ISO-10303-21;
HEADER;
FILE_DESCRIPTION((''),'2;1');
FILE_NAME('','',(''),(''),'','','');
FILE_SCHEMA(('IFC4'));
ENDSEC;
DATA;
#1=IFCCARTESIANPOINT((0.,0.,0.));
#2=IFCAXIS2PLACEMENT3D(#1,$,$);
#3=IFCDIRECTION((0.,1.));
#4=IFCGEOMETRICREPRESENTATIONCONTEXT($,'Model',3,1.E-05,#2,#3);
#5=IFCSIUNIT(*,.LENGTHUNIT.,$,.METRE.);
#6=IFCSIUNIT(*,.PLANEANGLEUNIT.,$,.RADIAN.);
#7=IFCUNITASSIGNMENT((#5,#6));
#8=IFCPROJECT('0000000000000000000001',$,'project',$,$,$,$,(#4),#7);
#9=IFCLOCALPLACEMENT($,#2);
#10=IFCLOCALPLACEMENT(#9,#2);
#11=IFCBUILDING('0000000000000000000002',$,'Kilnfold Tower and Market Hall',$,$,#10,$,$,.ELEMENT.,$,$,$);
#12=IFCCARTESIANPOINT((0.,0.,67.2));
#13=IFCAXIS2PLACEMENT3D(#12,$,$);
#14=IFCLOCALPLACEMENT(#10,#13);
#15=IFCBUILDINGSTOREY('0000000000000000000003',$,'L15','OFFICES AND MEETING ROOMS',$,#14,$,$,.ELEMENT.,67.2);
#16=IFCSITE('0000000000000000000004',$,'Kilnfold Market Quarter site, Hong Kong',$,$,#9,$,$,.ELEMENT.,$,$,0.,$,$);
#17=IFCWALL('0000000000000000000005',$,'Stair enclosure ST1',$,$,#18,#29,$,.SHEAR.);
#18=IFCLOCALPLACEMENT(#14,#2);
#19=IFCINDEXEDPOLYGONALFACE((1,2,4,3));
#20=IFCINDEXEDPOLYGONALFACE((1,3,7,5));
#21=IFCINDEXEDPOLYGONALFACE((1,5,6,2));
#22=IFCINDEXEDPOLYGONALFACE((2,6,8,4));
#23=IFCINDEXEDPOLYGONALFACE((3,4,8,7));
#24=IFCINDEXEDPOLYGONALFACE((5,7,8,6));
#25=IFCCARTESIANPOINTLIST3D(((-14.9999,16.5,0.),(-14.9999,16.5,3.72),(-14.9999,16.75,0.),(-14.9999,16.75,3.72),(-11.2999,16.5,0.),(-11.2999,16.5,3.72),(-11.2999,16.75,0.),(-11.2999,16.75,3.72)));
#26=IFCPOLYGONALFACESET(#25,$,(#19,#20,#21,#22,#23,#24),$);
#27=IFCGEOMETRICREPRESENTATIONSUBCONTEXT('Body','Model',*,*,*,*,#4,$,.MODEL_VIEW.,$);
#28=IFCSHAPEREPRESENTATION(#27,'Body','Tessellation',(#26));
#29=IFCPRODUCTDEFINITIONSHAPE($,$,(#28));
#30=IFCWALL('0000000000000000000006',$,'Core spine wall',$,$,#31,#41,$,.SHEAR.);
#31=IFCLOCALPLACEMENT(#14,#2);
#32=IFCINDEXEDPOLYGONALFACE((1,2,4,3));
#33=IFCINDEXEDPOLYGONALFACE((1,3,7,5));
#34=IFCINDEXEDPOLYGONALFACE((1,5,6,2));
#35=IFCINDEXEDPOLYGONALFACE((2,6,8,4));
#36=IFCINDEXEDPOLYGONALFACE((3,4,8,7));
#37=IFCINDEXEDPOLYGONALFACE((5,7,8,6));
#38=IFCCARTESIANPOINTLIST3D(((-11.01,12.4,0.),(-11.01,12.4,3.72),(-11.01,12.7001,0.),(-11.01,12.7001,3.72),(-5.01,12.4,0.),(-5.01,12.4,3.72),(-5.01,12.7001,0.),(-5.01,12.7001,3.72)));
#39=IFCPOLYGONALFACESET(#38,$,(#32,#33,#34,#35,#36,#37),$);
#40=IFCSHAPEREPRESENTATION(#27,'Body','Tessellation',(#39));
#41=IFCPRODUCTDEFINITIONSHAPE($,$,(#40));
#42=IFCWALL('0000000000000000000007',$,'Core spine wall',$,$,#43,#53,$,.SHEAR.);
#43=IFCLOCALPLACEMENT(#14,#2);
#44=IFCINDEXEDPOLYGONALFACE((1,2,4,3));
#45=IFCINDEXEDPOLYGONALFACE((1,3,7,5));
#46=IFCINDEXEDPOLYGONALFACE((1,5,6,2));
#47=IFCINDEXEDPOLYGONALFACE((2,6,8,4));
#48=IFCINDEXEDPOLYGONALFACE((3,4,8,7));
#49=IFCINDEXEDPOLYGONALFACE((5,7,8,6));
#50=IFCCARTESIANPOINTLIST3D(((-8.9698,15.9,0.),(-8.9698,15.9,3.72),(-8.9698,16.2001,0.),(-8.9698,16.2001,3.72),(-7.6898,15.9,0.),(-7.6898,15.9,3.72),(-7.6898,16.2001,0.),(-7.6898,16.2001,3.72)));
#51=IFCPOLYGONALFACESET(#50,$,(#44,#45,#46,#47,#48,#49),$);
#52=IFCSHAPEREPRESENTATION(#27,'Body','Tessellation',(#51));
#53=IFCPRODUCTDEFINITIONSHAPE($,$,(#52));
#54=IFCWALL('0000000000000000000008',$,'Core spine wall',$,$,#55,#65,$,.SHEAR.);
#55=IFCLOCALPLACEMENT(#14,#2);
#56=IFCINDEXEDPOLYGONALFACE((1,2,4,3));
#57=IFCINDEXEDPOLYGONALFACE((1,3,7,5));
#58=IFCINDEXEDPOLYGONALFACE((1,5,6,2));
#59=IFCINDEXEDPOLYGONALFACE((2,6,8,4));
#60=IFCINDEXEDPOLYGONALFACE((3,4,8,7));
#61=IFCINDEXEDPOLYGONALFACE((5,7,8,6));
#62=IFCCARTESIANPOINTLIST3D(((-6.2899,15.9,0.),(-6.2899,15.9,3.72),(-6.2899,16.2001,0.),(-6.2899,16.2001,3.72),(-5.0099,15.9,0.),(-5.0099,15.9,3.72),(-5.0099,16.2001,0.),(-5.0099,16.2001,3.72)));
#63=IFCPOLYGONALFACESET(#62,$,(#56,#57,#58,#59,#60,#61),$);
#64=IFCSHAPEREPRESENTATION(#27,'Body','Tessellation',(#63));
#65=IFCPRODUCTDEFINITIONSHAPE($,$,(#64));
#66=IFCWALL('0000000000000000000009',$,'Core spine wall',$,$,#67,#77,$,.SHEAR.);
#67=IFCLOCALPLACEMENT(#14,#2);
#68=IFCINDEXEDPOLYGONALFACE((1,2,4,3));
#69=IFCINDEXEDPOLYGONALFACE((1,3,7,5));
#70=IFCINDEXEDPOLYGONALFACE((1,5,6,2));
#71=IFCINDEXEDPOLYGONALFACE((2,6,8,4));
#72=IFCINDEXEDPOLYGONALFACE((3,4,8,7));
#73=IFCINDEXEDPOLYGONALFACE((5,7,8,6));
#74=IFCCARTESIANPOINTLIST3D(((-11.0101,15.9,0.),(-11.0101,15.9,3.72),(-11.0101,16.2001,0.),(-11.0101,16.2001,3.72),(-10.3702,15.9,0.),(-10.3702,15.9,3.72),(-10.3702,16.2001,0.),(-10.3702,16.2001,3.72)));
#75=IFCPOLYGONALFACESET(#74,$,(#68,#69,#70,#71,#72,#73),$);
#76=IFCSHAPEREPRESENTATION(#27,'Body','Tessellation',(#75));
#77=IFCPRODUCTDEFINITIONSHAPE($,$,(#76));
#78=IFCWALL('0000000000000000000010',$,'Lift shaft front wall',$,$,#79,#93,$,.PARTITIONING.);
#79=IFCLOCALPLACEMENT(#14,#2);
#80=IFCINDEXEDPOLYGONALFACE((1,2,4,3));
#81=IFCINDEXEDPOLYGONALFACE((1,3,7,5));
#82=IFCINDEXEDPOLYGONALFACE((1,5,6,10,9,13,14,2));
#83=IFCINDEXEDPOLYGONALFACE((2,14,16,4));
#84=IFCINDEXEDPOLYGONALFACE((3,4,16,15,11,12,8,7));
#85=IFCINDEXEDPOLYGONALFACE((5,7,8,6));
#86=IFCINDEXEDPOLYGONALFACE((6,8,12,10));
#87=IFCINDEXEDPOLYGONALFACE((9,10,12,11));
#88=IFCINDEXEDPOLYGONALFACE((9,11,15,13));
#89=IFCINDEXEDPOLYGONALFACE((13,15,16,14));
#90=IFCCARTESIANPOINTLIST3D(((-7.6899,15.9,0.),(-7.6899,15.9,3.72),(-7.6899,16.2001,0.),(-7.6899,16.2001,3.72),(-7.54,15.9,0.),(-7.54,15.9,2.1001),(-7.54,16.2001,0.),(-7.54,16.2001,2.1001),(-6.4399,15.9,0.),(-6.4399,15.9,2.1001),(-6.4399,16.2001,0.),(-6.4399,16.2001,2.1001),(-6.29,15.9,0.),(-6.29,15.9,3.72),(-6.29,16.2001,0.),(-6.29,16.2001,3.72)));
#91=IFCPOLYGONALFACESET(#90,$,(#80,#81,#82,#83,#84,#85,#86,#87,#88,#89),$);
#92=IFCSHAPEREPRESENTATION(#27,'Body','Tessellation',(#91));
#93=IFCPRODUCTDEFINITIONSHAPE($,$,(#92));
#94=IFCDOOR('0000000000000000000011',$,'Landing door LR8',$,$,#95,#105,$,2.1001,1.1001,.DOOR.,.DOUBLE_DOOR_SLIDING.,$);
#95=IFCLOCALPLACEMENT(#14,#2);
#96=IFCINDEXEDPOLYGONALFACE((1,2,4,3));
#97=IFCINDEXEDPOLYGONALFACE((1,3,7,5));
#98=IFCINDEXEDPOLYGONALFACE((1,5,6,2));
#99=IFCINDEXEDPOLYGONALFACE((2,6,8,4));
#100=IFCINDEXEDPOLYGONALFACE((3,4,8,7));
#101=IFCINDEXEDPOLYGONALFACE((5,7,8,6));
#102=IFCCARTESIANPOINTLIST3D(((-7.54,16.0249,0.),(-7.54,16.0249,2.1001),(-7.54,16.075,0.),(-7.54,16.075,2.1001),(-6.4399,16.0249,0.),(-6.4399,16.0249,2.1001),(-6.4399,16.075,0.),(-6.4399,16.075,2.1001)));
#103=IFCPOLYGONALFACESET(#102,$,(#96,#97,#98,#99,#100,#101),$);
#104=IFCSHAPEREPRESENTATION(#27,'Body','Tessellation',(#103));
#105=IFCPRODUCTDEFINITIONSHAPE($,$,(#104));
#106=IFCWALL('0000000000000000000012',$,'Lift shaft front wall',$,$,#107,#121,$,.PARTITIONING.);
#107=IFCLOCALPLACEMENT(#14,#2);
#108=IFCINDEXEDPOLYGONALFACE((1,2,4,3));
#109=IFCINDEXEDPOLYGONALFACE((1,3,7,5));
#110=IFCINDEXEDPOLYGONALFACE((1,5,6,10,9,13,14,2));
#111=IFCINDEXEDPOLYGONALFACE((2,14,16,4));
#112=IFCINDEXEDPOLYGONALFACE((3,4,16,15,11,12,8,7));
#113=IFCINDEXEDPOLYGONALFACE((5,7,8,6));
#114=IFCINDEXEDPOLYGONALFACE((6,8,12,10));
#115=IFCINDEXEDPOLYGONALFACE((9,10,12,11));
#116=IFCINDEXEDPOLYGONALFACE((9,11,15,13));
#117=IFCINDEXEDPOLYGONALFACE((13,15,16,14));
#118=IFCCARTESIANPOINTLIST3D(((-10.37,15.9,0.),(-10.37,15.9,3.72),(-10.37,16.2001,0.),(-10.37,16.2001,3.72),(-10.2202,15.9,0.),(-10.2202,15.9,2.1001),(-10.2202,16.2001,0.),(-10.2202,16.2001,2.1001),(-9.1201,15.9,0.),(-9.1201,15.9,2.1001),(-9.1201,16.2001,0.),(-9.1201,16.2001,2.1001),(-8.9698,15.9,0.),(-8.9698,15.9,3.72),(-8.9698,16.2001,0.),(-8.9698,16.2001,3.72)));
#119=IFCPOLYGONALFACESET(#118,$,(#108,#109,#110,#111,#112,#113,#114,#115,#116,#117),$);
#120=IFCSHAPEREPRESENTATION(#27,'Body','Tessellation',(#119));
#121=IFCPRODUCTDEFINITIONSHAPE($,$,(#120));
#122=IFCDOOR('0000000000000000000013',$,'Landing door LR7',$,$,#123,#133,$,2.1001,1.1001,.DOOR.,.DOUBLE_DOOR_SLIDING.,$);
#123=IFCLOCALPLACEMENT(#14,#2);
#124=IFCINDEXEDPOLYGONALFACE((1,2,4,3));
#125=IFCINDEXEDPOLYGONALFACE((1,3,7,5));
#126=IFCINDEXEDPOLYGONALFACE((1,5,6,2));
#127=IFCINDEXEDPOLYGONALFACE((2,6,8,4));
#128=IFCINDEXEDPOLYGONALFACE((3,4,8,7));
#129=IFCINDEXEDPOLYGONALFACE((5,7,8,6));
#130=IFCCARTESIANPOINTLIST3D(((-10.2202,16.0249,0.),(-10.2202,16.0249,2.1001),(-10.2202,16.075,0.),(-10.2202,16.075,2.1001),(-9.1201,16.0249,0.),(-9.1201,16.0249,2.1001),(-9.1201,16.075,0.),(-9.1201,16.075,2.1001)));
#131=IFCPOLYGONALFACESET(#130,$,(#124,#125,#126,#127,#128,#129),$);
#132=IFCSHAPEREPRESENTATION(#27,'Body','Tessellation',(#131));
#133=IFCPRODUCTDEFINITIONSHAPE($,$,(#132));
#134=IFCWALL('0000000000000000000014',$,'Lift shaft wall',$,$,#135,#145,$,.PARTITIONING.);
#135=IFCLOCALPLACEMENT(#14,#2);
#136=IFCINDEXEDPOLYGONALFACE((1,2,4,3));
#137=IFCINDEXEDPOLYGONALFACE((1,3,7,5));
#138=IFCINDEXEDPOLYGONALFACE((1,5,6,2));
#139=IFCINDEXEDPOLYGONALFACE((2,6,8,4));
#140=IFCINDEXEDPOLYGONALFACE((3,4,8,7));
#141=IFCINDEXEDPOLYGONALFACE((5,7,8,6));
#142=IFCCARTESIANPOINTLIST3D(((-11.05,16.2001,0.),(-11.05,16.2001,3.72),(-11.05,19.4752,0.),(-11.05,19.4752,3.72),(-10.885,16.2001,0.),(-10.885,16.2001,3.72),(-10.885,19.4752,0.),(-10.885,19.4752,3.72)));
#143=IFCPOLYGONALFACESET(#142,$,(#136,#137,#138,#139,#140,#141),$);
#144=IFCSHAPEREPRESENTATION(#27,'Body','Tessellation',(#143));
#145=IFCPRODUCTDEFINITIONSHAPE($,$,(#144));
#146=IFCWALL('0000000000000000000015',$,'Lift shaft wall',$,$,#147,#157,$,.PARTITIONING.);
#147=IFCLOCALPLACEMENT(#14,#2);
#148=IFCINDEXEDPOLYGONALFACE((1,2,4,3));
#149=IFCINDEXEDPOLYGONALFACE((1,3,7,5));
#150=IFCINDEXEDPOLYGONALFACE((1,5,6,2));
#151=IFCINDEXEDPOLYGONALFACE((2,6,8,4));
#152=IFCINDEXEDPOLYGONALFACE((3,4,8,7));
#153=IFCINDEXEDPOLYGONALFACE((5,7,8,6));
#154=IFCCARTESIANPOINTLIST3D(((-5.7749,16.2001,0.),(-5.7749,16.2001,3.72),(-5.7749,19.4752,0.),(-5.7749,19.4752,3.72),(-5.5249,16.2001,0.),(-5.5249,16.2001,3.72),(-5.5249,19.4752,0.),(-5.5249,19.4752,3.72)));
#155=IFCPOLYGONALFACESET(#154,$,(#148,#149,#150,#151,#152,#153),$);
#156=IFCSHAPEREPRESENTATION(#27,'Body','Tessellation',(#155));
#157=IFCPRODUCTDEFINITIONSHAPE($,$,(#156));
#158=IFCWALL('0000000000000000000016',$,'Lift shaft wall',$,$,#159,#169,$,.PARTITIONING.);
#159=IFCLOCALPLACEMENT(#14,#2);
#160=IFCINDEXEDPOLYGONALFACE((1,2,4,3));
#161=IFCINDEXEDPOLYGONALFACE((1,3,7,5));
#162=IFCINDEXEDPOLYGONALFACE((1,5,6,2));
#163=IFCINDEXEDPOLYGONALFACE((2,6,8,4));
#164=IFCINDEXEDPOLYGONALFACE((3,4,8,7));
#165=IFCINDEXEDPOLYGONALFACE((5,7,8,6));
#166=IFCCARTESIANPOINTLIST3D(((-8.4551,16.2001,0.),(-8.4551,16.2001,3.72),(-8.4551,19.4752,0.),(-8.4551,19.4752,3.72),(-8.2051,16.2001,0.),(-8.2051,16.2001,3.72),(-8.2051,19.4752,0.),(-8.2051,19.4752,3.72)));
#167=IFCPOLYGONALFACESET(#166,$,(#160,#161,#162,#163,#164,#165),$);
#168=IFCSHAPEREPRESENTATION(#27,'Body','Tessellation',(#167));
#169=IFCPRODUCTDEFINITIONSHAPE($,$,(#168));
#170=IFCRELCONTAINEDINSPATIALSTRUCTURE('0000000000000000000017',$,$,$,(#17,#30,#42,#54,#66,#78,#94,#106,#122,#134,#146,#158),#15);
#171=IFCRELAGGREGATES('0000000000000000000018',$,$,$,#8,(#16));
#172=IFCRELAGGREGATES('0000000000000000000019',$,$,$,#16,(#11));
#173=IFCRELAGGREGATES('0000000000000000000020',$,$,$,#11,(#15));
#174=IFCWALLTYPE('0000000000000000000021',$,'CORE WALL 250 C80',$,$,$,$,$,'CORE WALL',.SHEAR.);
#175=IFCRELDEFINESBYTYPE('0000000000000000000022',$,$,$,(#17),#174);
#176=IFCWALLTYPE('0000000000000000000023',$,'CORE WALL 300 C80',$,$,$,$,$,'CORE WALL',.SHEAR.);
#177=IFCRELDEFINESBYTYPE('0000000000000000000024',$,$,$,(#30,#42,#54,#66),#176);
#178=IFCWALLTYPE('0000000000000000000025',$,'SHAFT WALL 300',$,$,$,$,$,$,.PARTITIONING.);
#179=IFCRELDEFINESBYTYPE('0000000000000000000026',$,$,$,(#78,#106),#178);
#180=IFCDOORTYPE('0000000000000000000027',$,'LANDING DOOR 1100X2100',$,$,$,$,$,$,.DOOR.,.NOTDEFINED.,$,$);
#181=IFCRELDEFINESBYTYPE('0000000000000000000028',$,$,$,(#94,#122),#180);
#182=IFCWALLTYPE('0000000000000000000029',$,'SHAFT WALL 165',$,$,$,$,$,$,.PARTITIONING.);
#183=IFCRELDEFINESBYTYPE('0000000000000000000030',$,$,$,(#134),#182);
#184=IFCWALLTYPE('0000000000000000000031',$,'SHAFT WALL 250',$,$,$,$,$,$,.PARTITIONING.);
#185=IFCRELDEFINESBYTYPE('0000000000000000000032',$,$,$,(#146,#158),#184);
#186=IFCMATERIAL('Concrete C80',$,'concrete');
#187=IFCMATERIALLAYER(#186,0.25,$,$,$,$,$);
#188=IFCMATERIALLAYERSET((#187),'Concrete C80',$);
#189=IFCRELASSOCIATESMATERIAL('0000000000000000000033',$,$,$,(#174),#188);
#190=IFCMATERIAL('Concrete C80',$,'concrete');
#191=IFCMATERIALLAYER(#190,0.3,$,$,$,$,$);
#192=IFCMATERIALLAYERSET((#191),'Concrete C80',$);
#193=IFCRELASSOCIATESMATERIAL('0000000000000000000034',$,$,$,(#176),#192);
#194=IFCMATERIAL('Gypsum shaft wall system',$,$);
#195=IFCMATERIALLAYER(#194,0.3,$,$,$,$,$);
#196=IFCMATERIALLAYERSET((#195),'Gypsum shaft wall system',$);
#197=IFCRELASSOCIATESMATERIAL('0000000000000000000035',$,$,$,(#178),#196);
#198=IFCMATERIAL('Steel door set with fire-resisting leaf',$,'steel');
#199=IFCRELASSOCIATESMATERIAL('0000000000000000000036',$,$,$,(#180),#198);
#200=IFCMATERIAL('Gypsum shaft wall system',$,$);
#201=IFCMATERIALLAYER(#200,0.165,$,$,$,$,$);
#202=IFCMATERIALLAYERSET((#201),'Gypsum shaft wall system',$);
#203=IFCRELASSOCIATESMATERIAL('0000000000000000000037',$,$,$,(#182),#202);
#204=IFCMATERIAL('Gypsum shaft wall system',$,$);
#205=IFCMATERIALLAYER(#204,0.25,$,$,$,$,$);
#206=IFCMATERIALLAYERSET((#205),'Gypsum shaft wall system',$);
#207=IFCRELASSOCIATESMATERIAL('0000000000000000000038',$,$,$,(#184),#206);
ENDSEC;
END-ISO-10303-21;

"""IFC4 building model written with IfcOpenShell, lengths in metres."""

from ifc_helpers import new_model, si_unit, direction, frame, frame_2d, origin, place, context, subcontext, project, spatial, rectangle, extrude, source, transform, mapped, material, layer, layer_set, type_object, element, fill, save


model = new_model("IFC4")

# Units and contexts
model_context = context("Model", 3, precision=1e-05, world=origin(), true_north=direction((0.0, 1.0)))
body_context = subcontext(model_context, "Body", "Model", "MODEL_VIEW")
ifc_project = project(units=[si_unit("LENGTHUNIT", "METRE"), si_unit("PLANEANGLEUNIT", "RADIAN")], contexts=[model_context])

# Site, building, storey
site_placement = place(None, origin())
site = spatial("IfcSite", under=ifc_project, at=site_placement, Name="Kilnfold Market Quarter site, Hong Kong", CompositionType="ELEMENT", RefElevation=0.0)
building_placement = place(site_placement, origin())
building = spatial("IfcBuilding", under=site, at=building_placement, Name="Kilnfold Tower and Market Hall", CompositionType="ELEMENT")
storey_placement = place(building_placement, frame((0.0, 0.0, 67.2)))
storey = spatial("IfcBuildingStorey", under=building, at=storey_placement, Name="L15", Description="OFFICES AND MEETING ROOMS", CompositionType="ELEMENT", Elevation=67.2)

# Walls
ifc_material_1 = material(Name="Concrete C80", Category="concrete")
ifc_layer_1 = layer(ifc_material_1, 0.25)
ifc_layer_set_1 = layer_set([ifc_layer_1], Name="Concrete C80")
wall_type_1 = type_object("IfcWallType", Name="CORE WALL 250 C80", ElementType="CORE WALL", PredefinedType="SHEAR", material=ifc_layer_set_1)
shared_shape_1 = source(origin(), body_context, "Body", "SweptSolid", [
    extrude(rectangle(XDim=3.7, YDim=0.25, at=frame_2d((1.8501, 0.0))), origin(), (0.0, 0.0, 1.0), 3.72),
])
wall_1_placement = place(storey_placement, frame((-15.0, 16.625, 0.0), z_axis=(0.0, 0.0, 1.0), x_axis=(1.0, 0.0, 0.0)))
element("IfcWall", 1, at=wall_1_placement, inside=storey, type_object=wall_type_1, Name="Stair enclosure ST1", PredefinedType="SHEAR", context=body_context, shape_type="MappedRepresentation", body=[
    mapped(shared_shape_1, transform((0.0, 0.0, 0.0))),
])
ifc_material_2 = material(Name="Concrete C80", Category="concrete")
ifc_layer_2 = layer(ifc_material_2, 0.3)
ifc_layer_set_2 = layer_set([ifc_layer_2], Name="Concrete C80")
wall_type_2 = type_object("IfcWallType", Name="CORE WALL 300 C80", ElementType="CORE WALL", PredefinedType="SHEAR", material=ifc_layer_set_2)
shared_shape_2 = source(origin(), body_context, "Body", "SweptSolid", [
    extrude(rectangle(XDim=6.0, YDim=0.3, at=frame_2d((3.0, 0.0))), origin(), (0.0, 0.0, 1.0), 3.72),
])
wall_2_placement = place(storey_placement, frame((-11.01, 12.55, 0.0), z_axis=(0.0, 0.0, 1.0), x_axis=(1.0, 0.0, 0.0)))
element("IfcWall", 2, at=wall_2_placement, inside=storey, type_object=wall_type_2, Name="Core spine wall", PredefinedType="SHEAR", context=body_context, shape_type="MappedRepresentation", body=[
    mapped(shared_shape_2, transform((0.0, 0.0, 0.0))),
])
shared_shape_3 = source(origin(), body_context, "Body", "SweptSolid", [
    extrude(rectangle(XDim=1.28, YDim=0.3, at=frame_2d((0.6401, 0.0))), origin(), (0.0, 0.0, 1.0), 3.72),
])
for number, where, z_axis, x_axis, name in (
    (3, (-8.97, 16.05, 0.0), (0.0, 0.0, 1.0), (1.0, 0.0, 0.0), "Core spine wall"),
    (4, (-6.29, 16.05, 0.0), (0.0, 0.0, 1.0), (1.0, 0.0, 0.0), "Core spine wall"),
):
    element("IfcWall", number, at=place(storey_placement, frame(where, z_axis=z_axis, x_axis=x_axis)), inside=storey, type_object=wall_type_2, Name=name, PredefinedType="SHEAR", context=body_context, shape_type="MappedRepresentation", body=[
        mapped(shared_shape_3, transform((0.0, 0.0, 0.0))),
    ])
shared_shape_4 = source(origin(), body_context, "Body", "SweptSolid", [
    extrude(rectangle(XDim=0.6399, YDim=0.3, at=frame_2d((0.3198, 0.0))), origin(), (0.0, 0.0, 1.0), 3.72),
])
wall_3_placement = place(storey_placement, frame((-11.01, 16.05, 0.0), z_axis=(0.0, 0.0, 1.0), x_axis=(1.0, 0.0, 0.0)))
element("IfcWall", 5, at=wall_3_placement, inside=storey, type_object=wall_type_2, Name="Core spine wall", PredefinedType="SHEAR", context=body_context, shape_type="MappedRepresentation", body=[
    mapped(shared_shape_4, transform((0.0, 0.0, 0.0))),
])

# Walls, openings, doors
ifc_material_3 = material(Name="Gypsum shaft wall system")
ifc_layer_3 = layer(ifc_material_3, 0.3)
ifc_layer_set_3 = layer_set([ifc_layer_3], Name="Gypsum shaft wall system")
wall_type_3 = type_object("IfcWallType", Name="SHAFT WALL 300", PredefinedType="PARTITIONING", material=ifc_layer_set_3)
shared_shape_5 = source(origin(), body_context, "Body", "SweptSolid", [
    extrude(rectangle(XDim=1.3999, YDim=0.3, at=frame_2d((0.7, 0.0))), origin(), (0.0, 0.0, 1.0), 3.72),
])
wall_4_placement = place(storey_placement, frame((-7.6899, 16.05, 0.0), z_axis=(0.0, 0.0, 1.0), x_axis=(1.0, 0.0, 0.0)))
wall_4 = element("IfcWall", 6, at=wall_4_placement, inside=storey, type_object=wall_type_3, Name="Lift shaft front wall", PredefinedType="PARTITIONING", context=body_context, shape_type="MappedRepresentation", body=[
    mapped(shared_shape_5, transform((0.0, 0.0, 0.0))),
])
opening_1_placement = place(wall_4_placement, frame((0.1499, 0.0, 0.0)))
opening_1 = element("IfcOpeningElement", 7, at=opening_1_placement, cuts=wall_4, PredefinedType="OPENING", context=body_context, shape_type="SweptSolid", body=[
    extrude(rectangle(XDim=1.1001, YDim=2.1001, at=frame_2d((0.55, 1.05))), frame((0.0, 0.1602, 0.0), z_axis=(0.0, -1.0, 0.0), x_axis=(1.0, 0.0, 0.0)), (0.0, 0.0, 1.0), 0.3201),
])
ifc_material_4 = material(Name="Steel door set with fire-resisting leaf", Category="steel")
door_type = type_object("IfcDoorType", Name="LANDING DOOR 1100X2100", OperationType="NOTDEFINED", PredefinedType="DOOR", material=ifc_material_4)
door_1_placement = place(opening_1_placement, origin())
door_1 = element("IfcDoor", 8, at=door_1_placement, inside=storey, type_object=door_type, Name="Landing door LR8", OperationType="DOUBLE_DOOR_SLIDING", OverallHeight=2.1001, OverallWidth=1.1001, PredefinedType="DOOR", context=body_context, shape_type="SweptSolid", body=[
    extrude(rectangle(XDim=1.1001, YDim=2.1001, at=frame_2d((0.55, 1.05))), frame((0.0, 0.0249, 0.0), z_axis=(0.0, -1.0, 0.0), x_axis=(1.0, 0.0, 0.0)), (0.0, 0.0, 1.0), 0.05),
])
fill(opening_1, door_1)
shared_shape_6 = source(origin(), body_context, "Body", "SweptSolid", [
    extrude(rectangle(XDim=1.4001, YDim=0.3, at=frame_2d((0.7002, 0.0))), origin(), (0.0, 0.0, 1.0), 3.72),
])
wall_5_placement = place(storey_placement, frame((-10.3701, 16.05, 0.0), z_axis=(0.0, 0.0, 1.0), x_axis=(1.0, 0.0, 0.0)))
wall_5 = element("IfcWall", 9, at=wall_5_placement, inside=storey, type_object=wall_type_3, Name="Lift shaft front wall", PredefinedType="PARTITIONING", context=body_context, shape_type="MappedRepresentation", body=[
    mapped(shared_shape_6, transform((0.0, 0.0, 0.0))),
])
opening_2_placement = place(wall_5_placement, frame((0.1499, 0.0, 0.0)))
opening_2 = element("IfcOpeningElement", 10, at=opening_2_placement, cuts=wall_5, PredefinedType="OPENING", context=body_context, shape_type="SweptSolid", body=[
    extrude(rectangle(XDim=1.1001, YDim=2.1001, at=frame_2d((0.55, 1.05))), frame((0.0, 0.1602, 0.0), z_axis=(0.0, -1.0, 0.0), x_axis=(1.0, 0.0, 0.0)), (0.0, 0.0, 1.0), 0.3201),
])
door_2_placement = place(opening_2_placement, origin())
door_2 = element("IfcDoor", 11, at=door_2_placement, inside=storey, type_object=door_type, Name="Landing door LR7", OperationType="DOUBLE_DOOR_SLIDING", OverallHeight=2.1001, OverallWidth=1.1001, PredefinedType="DOOR", context=body_context, shape_type="SweptSolid", body=[
    extrude(rectangle(XDim=1.1001, YDim=2.1001, at=frame_2d((0.55, 1.05))), frame((0.0, 0.0249, 0.0), z_axis=(0.0, -1.0, 0.0), x_axis=(1.0, 0.0, 0.0)), (0.0, 0.0, 1.0), 0.05),
])
fill(opening_2, door_2)

# Walls
ifc_material_5 = material(Name="Gypsum shaft wall system")
ifc_layer_4 = layer(ifc_material_5, 0.165)
ifc_layer_set_4 = layer_set([ifc_layer_4], Name="Gypsum shaft wall system")
wall_type_4 = type_object("IfcWallType", Name="SHAFT WALL 165", PredefinedType="PARTITIONING", material=ifc_layer_set_4)
shared_shape_7 = source(origin(), body_context, "Body", "SweptSolid", [
    extrude(rectangle(XDim=3.2751, YDim=0.165, at=frame_2d((1.6377, 0.0))), origin(), (0.0, 0.0, 1.0), 3.72),
])
wall_6_placement = place(storey_placement, frame((-10.9675, 16.2, 0.0), z_axis=(0.0, 0.0, 1.0), x_axis=(0.0, 1.0, 0.0)))
element("IfcWall", 12, at=wall_6_placement, inside=storey, type_object=wall_type_4, Name="Lift shaft wall", PredefinedType="PARTITIONING", context=body_context, shape_type="MappedRepresentation", body=[
    mapped(shared_shape_7, transform((0.0, 0.0, 0.0))),
])
ifc_material_6 = material(Name="Gypsum shaft wall system")
ifc_layer_5 = layer(ifc_material_6, 0.25)
ifc_layer_set_5 = layer_set([ifc_layer_5], Name="Gypsum shaft wall system")
wall_type_5 = type_object("IfcWallType", Name="SHAFT WALL 250", PredefinedType="PARTITIONING", material=ifc_layer_set_5)
shared_shape_8 = source(origin(), body_context, "Body", "SweptSolid", [
    extrude(rectangle(XDim=3.2751, YDim=0.25, at=frame_2d((1.6377, 0.0))), origin(), (0.0, 0.0, 1.0), 3.72),
])
for number, where, z_axis, x_axis, name in (
    (13, (-5.6499, 16.2, 0.0), (0.0, 0.0, 1.0), (0.0, 1.0, 0.0), "Lift shaft wall"),
    (14, (-8.3301, 16.2, 0.0), (0.0, 0.0, 1.0), (0.0, 1.0, 0.0), "Lift shaft wall"),
):
    element("IfcWall", number, at=place(storey_placement, frame(where, z_axis=z_axis, x_axis=x_axis)), inside=storey, type_object=wall_type_5, Name=name, PredefinedType="PARTITIONING", context=body_context, shape_type="MappedRepresentation", body=[
        mapped(shared_shape_8, transform((0.0, 0.0, 0.0))),
    ])

save(model, "model.ifc")
